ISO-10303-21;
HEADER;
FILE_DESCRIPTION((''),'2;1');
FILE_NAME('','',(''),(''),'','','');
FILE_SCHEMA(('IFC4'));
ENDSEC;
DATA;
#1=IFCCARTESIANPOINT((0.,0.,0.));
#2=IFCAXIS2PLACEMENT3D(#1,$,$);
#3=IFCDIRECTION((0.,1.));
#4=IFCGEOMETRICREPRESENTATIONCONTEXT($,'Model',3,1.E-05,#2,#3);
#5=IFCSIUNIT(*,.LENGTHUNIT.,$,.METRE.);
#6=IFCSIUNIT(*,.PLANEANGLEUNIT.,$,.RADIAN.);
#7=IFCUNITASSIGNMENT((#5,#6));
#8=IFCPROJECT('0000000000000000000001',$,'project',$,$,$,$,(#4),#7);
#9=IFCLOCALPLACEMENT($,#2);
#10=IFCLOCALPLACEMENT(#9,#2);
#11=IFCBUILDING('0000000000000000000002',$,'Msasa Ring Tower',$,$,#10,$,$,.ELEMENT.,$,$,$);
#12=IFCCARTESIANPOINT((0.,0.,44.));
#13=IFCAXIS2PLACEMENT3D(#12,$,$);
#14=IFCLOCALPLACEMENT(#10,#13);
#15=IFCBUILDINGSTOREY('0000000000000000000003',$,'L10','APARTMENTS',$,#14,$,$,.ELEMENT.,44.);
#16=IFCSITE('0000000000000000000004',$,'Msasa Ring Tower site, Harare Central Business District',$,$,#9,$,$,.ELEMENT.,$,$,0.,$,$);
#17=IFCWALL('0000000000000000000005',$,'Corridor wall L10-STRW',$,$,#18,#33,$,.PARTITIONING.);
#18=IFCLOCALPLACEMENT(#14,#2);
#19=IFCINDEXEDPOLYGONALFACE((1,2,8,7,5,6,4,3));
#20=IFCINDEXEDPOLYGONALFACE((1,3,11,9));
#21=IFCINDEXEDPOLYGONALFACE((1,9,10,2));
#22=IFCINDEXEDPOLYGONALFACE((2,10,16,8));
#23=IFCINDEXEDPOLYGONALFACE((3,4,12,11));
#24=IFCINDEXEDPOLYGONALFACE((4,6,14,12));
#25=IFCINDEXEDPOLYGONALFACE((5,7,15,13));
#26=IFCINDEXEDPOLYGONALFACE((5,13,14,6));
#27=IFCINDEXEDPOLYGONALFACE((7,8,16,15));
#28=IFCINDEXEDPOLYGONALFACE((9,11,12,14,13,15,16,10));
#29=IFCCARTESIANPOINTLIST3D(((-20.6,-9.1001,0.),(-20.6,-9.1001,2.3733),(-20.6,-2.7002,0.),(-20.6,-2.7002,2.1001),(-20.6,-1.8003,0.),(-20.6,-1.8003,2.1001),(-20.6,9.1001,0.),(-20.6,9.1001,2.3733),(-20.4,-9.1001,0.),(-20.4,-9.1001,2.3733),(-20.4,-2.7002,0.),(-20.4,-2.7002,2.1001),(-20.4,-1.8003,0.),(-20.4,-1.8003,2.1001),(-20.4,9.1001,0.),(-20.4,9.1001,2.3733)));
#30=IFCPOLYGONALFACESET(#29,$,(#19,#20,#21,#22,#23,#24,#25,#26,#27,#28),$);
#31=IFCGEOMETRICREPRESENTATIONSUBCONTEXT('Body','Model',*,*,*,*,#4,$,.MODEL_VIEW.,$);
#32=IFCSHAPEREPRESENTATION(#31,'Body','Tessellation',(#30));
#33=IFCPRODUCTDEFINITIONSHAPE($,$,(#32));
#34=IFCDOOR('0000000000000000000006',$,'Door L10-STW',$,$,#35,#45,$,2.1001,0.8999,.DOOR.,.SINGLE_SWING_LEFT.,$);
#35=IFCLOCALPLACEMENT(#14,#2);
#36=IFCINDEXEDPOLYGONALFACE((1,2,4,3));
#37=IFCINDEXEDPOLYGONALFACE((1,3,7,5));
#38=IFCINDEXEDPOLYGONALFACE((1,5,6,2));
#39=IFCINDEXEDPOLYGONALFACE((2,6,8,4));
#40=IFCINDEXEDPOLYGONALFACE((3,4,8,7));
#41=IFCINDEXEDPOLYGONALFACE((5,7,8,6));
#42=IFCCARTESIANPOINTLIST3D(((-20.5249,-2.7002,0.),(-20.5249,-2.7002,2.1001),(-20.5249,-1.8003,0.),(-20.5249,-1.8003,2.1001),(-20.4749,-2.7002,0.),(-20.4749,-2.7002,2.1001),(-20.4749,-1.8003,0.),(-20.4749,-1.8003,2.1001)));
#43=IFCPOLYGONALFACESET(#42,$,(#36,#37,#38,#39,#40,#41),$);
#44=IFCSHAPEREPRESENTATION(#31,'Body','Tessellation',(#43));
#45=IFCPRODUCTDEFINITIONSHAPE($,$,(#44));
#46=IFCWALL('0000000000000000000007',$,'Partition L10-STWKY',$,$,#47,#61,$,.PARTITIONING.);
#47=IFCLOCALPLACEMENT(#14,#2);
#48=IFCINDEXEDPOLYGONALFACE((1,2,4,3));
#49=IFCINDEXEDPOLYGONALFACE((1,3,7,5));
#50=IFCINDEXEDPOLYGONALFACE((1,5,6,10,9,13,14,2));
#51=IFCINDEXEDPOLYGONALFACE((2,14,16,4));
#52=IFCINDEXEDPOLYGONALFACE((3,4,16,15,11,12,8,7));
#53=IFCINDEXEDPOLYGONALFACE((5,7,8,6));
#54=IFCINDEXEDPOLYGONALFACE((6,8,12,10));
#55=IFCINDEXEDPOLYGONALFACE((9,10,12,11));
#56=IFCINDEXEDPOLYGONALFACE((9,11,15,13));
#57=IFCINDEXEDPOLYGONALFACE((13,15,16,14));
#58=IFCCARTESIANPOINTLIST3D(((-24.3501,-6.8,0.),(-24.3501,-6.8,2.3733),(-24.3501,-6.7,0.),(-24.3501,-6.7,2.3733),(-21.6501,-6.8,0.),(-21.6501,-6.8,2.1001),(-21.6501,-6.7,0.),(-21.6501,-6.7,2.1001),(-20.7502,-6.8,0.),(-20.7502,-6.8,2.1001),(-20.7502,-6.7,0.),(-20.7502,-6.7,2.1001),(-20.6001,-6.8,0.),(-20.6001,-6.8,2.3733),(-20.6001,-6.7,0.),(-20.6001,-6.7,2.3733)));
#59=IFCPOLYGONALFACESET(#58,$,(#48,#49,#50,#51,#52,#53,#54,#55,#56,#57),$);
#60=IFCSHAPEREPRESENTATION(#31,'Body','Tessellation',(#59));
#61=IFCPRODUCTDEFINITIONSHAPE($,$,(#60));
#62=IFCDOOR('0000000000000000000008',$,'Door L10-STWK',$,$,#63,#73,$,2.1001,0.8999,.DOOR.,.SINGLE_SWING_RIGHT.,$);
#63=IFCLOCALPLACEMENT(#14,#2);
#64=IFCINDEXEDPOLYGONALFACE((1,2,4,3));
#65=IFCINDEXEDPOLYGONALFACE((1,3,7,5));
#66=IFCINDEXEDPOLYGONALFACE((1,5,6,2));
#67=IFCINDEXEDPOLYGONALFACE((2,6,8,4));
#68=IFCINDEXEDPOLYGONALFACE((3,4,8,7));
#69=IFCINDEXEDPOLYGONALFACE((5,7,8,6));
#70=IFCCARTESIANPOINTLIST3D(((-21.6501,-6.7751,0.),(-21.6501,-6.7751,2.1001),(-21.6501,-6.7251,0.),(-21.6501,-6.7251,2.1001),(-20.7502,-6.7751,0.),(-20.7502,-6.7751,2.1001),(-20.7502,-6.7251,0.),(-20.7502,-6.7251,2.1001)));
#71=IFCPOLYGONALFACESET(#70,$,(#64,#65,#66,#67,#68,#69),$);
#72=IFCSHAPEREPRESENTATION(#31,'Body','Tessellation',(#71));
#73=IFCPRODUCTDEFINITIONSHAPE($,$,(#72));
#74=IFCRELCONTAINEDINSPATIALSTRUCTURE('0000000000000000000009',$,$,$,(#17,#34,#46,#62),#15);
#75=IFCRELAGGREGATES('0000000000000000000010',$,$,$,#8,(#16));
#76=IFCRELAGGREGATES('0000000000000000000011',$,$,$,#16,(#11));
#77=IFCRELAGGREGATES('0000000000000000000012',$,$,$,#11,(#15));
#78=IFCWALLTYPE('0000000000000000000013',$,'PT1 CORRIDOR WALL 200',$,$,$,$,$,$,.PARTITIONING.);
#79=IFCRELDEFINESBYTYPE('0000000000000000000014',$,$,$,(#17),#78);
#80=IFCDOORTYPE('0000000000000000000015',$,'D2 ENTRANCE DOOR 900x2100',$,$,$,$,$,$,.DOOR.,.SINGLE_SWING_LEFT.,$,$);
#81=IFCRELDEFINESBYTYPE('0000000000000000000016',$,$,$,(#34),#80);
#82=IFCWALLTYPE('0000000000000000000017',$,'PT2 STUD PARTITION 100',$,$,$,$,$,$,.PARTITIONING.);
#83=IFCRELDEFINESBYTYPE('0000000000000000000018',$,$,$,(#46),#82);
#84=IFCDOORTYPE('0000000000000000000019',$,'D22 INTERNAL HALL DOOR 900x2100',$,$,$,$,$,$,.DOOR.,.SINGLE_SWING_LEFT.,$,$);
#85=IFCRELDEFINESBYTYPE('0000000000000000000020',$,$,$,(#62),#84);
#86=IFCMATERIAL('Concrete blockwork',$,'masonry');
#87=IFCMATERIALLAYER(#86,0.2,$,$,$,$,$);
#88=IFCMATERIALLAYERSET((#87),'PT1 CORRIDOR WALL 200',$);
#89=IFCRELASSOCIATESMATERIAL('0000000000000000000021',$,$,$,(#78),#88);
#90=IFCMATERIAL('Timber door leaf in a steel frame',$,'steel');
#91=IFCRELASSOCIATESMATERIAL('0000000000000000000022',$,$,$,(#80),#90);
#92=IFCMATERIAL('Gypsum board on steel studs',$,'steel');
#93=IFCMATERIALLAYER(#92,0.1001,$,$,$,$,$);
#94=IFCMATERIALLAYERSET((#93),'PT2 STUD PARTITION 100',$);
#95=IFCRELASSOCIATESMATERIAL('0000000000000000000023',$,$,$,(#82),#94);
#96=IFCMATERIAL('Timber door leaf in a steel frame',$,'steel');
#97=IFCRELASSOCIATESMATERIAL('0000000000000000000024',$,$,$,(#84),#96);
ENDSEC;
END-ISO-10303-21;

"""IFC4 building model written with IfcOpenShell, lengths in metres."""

from ifc_helpers import new_model, si_unit, direction, frame, frame_2d, origin, place, context, subcontext, project, spatial, rectangle, extrude, material, layer, layer_set, type_object, element, fill, save


model = new_model("IFC4")

# Units and contexts
model_context = context("Model", 3, precision=1e-05, world=origin(), true_north=direction((0.0, 1.0)))
body_context = subcontext(model_context, "Body", "Model", "MODEL_VIEW")
ifc_project = project(units=[si_unit("LENGTHUNIT", "METRE"), si_unit("PLANEANGLEUNIT", "RADIAN")], contexts=[model_context])

# Site, building, storey
site_placement = place(None, origin())
site = spatial("IfcSite", under=ifc_project, at=site_placement, Name="Msasa Ring Tower site, Harare Central Business District", CompositionType="ELEMENT", RefElevation=0.0)
building_placement = place(site_placement, origin())
building = spatial("IfcBuilding", under=site, at=building_placement, Name="Msasa Ring Tower", CompositionType="ELEMENT")
storey_placement = place(building_placement, frame((0.0, 0.0, 44.0)))
storey = spatial("IfcBuildingStorey", under=building, at=storey_placement, Name="L10", Description="APARTMENTS", CompositionType="ELEMENT", Elevation=44.0)

# Shared definitions
ifc_material_1 = material(Name="Concrete blockwork", Category="masonry")
ifc_layer_1 = layer(ifc_material_1, 0.2)
ifc_layer_set_1 = layer_set([ifc_layer_1], Name="PT1 CORRIDOR WALL 200")
wall_type_1 = type_object("IfcWallType", Name="PT1 CORRIDOR WALL 200", PredefinedType="PARTITIONING", material=ifc_layer_set_1)
ifc_material_2 = material(Name="Timber door leaf in a steel frame", Category="steel")
door_type_1 = type_object("IfcDoorType", Name="D2 ENTRANCE DOOR 900x2100", OperationType="SINGLE_SWING_LEFT", PredefinedType="DOOR", material=ifc_material_2)

# Walls, openings, doors
wall_1_placement = place(storey_placement, frame((-20.5, -9.1001, 0.0), z_axis=(0.0, 0.0, 1.0), x_axis=(0.0, 1.0, 0.0)))
wall_1 = element("IfcWall", 1, at=wall_1_placement, inside=storey, type_object=wall_type_1, Name="Corridor wall L10-STRW", PredefinedType="PARTITIONING", context=body_context, shape_type="SweptSolid", body=[
    extrude(rectangle(XDim=18.2002, YDim=0.2, at=frame_2d((9.1001, 0.0))), origin(), (0.0, 0.0, 1.0), 2.3733),
])
opening_1_placement = place(wall_1_placement, frame((6.3999, 0.0, 0.0)))
opening_1 = element("IfcOpeningElement", 2, at=opening_1_placement, cuts=wall_1, PredefinedType="OPENING", context=body_context, shape_type="SweptSolid", body=[
    extrude(rectangle(XDim=0.8999, YDim=2.1001, at=frame_2d((0.45, 1.05))), frame((0.0, 0.1099, 0.0), z_axis=(0.0, -1.0, 0.0), x_axis=(1.0, 0.0, 0.0)), (0.0, 0.0, 1.0), 0.22),
])
door_1_placement = place(opening_1_placement, origin())
door_1 = element("IfcDoor", 3, at=door_1_placement, inside=storey, type_object=door_type_1, Name="Door L10-STW", OperationType="SINGLE_SWING_LEFT", OverallHeight=2.1001, OverallWidth=0.8999, PredefinedType="DOOR", context=body_context, shape_type="SweptSolid", body=[
    extrude(rectangle(XDim=0.8999, YDim=2.1001, at=frame_2d((0.45, 1.05))), frame((0.0, 0.0249, 0.0), z_axis=(0.0, -1.0, 0.0), x_axis=(1.0, 0.0, 0.0)), (0.0, 0.0, 1.0), 0.05),
])
fill(opening_1, door_1)
ifc_material_3 = material(Name="Gypsum board on steel studs", Category="steel")
ifc_layer_2 = layer(ifc_material_3, 0.1001)
ifc_layer_set_2 = layer_set([ifc_layer_2], Name="PT2 STUD PARTITION 100")
wall_type_2 = type_object("IfcWallType", Name="PT2 STUD PARTITION 100", PredefinedType="PARTITIONING", material=ifc_layer_set_2)
wall_2_placement = place(storey_placement, frame((-24.3501, -6.75, 0.0), z_axis=(0.0, 0.0, 1.0), x_axis=(1.0, 0.0, 0.0)))
wall_2 = element("IfcWall", 4, at=wall_2_placement, inside=storey, type_object=wall_type_2, Name="Partition L10-STWKY", PredefinedType="PARTITIONING", context=body_context, shape_type="SweptSolid", body=[
    extrude(rectangle(XDim=3.75, YDim=0.1001, at=frame_2d((1.875, 0.0))), origin(), (0.0, 0.0, 1.0), 2.3733),
])
opening_2_placement = place(wall_2_placement, frame((2.7, 0.0, 0.0)))
opening_2 = element("IfcOpeningElement", 5, at=opening_2_placement, cuts=wall_2, PredefinedType="OPENING", context=body_context, shape_type="SweptSolid", body=[
    extrude(rectangle(XDim=0.8999, YDim=2.1001, at=frame_2d((0.45, 1.05))), frame((0.0, 0.0601, 0.0), z_axis=(0.0, -1.0, 0.0), x_axis=(1.0, 0.0, 0.0)), (0.0, 0.0, 1.0), 0.1201),
])
ifc_material_4 = material(Name="Timber door leaf in a steel frame", Category="steel")
door_type_2 = type_object("IfcDoorType", Name="D22 INTERNAL HALL DOOR 900x2100", OperationType="SINGLE_SWING_LEFT", PredefinedType="DOOR", material=ifc_material_4)
door_2_placement = place(opening_2_placement, origin())
door_2 = element("IfcDoor", 6, at=door_2_placement, inside=storey, type_object=door_type_2, Name="Door L10-STWK", OperationType="SINGLE_SWING_RIGHT", OverallHeight=2.1001, OverallWidth=0.8999, PredefinedType="DOOR", context=body_context, shape_type="SweptSolid", body=[
    extrude(rectangle(XDim=0.8999, YDim=2.1001, at=frame_2d((0.45, 1.05))), frame((0.0, 0.0249, 0.0), z_axis=(0.0, -1.0, 0.0), x_axis=(1.0, 0.0, 0.0)), (0.0, 0.0, 1.0), 0.05),
])
fill(opening_2, door_2)

save(model, "model.ifc")
